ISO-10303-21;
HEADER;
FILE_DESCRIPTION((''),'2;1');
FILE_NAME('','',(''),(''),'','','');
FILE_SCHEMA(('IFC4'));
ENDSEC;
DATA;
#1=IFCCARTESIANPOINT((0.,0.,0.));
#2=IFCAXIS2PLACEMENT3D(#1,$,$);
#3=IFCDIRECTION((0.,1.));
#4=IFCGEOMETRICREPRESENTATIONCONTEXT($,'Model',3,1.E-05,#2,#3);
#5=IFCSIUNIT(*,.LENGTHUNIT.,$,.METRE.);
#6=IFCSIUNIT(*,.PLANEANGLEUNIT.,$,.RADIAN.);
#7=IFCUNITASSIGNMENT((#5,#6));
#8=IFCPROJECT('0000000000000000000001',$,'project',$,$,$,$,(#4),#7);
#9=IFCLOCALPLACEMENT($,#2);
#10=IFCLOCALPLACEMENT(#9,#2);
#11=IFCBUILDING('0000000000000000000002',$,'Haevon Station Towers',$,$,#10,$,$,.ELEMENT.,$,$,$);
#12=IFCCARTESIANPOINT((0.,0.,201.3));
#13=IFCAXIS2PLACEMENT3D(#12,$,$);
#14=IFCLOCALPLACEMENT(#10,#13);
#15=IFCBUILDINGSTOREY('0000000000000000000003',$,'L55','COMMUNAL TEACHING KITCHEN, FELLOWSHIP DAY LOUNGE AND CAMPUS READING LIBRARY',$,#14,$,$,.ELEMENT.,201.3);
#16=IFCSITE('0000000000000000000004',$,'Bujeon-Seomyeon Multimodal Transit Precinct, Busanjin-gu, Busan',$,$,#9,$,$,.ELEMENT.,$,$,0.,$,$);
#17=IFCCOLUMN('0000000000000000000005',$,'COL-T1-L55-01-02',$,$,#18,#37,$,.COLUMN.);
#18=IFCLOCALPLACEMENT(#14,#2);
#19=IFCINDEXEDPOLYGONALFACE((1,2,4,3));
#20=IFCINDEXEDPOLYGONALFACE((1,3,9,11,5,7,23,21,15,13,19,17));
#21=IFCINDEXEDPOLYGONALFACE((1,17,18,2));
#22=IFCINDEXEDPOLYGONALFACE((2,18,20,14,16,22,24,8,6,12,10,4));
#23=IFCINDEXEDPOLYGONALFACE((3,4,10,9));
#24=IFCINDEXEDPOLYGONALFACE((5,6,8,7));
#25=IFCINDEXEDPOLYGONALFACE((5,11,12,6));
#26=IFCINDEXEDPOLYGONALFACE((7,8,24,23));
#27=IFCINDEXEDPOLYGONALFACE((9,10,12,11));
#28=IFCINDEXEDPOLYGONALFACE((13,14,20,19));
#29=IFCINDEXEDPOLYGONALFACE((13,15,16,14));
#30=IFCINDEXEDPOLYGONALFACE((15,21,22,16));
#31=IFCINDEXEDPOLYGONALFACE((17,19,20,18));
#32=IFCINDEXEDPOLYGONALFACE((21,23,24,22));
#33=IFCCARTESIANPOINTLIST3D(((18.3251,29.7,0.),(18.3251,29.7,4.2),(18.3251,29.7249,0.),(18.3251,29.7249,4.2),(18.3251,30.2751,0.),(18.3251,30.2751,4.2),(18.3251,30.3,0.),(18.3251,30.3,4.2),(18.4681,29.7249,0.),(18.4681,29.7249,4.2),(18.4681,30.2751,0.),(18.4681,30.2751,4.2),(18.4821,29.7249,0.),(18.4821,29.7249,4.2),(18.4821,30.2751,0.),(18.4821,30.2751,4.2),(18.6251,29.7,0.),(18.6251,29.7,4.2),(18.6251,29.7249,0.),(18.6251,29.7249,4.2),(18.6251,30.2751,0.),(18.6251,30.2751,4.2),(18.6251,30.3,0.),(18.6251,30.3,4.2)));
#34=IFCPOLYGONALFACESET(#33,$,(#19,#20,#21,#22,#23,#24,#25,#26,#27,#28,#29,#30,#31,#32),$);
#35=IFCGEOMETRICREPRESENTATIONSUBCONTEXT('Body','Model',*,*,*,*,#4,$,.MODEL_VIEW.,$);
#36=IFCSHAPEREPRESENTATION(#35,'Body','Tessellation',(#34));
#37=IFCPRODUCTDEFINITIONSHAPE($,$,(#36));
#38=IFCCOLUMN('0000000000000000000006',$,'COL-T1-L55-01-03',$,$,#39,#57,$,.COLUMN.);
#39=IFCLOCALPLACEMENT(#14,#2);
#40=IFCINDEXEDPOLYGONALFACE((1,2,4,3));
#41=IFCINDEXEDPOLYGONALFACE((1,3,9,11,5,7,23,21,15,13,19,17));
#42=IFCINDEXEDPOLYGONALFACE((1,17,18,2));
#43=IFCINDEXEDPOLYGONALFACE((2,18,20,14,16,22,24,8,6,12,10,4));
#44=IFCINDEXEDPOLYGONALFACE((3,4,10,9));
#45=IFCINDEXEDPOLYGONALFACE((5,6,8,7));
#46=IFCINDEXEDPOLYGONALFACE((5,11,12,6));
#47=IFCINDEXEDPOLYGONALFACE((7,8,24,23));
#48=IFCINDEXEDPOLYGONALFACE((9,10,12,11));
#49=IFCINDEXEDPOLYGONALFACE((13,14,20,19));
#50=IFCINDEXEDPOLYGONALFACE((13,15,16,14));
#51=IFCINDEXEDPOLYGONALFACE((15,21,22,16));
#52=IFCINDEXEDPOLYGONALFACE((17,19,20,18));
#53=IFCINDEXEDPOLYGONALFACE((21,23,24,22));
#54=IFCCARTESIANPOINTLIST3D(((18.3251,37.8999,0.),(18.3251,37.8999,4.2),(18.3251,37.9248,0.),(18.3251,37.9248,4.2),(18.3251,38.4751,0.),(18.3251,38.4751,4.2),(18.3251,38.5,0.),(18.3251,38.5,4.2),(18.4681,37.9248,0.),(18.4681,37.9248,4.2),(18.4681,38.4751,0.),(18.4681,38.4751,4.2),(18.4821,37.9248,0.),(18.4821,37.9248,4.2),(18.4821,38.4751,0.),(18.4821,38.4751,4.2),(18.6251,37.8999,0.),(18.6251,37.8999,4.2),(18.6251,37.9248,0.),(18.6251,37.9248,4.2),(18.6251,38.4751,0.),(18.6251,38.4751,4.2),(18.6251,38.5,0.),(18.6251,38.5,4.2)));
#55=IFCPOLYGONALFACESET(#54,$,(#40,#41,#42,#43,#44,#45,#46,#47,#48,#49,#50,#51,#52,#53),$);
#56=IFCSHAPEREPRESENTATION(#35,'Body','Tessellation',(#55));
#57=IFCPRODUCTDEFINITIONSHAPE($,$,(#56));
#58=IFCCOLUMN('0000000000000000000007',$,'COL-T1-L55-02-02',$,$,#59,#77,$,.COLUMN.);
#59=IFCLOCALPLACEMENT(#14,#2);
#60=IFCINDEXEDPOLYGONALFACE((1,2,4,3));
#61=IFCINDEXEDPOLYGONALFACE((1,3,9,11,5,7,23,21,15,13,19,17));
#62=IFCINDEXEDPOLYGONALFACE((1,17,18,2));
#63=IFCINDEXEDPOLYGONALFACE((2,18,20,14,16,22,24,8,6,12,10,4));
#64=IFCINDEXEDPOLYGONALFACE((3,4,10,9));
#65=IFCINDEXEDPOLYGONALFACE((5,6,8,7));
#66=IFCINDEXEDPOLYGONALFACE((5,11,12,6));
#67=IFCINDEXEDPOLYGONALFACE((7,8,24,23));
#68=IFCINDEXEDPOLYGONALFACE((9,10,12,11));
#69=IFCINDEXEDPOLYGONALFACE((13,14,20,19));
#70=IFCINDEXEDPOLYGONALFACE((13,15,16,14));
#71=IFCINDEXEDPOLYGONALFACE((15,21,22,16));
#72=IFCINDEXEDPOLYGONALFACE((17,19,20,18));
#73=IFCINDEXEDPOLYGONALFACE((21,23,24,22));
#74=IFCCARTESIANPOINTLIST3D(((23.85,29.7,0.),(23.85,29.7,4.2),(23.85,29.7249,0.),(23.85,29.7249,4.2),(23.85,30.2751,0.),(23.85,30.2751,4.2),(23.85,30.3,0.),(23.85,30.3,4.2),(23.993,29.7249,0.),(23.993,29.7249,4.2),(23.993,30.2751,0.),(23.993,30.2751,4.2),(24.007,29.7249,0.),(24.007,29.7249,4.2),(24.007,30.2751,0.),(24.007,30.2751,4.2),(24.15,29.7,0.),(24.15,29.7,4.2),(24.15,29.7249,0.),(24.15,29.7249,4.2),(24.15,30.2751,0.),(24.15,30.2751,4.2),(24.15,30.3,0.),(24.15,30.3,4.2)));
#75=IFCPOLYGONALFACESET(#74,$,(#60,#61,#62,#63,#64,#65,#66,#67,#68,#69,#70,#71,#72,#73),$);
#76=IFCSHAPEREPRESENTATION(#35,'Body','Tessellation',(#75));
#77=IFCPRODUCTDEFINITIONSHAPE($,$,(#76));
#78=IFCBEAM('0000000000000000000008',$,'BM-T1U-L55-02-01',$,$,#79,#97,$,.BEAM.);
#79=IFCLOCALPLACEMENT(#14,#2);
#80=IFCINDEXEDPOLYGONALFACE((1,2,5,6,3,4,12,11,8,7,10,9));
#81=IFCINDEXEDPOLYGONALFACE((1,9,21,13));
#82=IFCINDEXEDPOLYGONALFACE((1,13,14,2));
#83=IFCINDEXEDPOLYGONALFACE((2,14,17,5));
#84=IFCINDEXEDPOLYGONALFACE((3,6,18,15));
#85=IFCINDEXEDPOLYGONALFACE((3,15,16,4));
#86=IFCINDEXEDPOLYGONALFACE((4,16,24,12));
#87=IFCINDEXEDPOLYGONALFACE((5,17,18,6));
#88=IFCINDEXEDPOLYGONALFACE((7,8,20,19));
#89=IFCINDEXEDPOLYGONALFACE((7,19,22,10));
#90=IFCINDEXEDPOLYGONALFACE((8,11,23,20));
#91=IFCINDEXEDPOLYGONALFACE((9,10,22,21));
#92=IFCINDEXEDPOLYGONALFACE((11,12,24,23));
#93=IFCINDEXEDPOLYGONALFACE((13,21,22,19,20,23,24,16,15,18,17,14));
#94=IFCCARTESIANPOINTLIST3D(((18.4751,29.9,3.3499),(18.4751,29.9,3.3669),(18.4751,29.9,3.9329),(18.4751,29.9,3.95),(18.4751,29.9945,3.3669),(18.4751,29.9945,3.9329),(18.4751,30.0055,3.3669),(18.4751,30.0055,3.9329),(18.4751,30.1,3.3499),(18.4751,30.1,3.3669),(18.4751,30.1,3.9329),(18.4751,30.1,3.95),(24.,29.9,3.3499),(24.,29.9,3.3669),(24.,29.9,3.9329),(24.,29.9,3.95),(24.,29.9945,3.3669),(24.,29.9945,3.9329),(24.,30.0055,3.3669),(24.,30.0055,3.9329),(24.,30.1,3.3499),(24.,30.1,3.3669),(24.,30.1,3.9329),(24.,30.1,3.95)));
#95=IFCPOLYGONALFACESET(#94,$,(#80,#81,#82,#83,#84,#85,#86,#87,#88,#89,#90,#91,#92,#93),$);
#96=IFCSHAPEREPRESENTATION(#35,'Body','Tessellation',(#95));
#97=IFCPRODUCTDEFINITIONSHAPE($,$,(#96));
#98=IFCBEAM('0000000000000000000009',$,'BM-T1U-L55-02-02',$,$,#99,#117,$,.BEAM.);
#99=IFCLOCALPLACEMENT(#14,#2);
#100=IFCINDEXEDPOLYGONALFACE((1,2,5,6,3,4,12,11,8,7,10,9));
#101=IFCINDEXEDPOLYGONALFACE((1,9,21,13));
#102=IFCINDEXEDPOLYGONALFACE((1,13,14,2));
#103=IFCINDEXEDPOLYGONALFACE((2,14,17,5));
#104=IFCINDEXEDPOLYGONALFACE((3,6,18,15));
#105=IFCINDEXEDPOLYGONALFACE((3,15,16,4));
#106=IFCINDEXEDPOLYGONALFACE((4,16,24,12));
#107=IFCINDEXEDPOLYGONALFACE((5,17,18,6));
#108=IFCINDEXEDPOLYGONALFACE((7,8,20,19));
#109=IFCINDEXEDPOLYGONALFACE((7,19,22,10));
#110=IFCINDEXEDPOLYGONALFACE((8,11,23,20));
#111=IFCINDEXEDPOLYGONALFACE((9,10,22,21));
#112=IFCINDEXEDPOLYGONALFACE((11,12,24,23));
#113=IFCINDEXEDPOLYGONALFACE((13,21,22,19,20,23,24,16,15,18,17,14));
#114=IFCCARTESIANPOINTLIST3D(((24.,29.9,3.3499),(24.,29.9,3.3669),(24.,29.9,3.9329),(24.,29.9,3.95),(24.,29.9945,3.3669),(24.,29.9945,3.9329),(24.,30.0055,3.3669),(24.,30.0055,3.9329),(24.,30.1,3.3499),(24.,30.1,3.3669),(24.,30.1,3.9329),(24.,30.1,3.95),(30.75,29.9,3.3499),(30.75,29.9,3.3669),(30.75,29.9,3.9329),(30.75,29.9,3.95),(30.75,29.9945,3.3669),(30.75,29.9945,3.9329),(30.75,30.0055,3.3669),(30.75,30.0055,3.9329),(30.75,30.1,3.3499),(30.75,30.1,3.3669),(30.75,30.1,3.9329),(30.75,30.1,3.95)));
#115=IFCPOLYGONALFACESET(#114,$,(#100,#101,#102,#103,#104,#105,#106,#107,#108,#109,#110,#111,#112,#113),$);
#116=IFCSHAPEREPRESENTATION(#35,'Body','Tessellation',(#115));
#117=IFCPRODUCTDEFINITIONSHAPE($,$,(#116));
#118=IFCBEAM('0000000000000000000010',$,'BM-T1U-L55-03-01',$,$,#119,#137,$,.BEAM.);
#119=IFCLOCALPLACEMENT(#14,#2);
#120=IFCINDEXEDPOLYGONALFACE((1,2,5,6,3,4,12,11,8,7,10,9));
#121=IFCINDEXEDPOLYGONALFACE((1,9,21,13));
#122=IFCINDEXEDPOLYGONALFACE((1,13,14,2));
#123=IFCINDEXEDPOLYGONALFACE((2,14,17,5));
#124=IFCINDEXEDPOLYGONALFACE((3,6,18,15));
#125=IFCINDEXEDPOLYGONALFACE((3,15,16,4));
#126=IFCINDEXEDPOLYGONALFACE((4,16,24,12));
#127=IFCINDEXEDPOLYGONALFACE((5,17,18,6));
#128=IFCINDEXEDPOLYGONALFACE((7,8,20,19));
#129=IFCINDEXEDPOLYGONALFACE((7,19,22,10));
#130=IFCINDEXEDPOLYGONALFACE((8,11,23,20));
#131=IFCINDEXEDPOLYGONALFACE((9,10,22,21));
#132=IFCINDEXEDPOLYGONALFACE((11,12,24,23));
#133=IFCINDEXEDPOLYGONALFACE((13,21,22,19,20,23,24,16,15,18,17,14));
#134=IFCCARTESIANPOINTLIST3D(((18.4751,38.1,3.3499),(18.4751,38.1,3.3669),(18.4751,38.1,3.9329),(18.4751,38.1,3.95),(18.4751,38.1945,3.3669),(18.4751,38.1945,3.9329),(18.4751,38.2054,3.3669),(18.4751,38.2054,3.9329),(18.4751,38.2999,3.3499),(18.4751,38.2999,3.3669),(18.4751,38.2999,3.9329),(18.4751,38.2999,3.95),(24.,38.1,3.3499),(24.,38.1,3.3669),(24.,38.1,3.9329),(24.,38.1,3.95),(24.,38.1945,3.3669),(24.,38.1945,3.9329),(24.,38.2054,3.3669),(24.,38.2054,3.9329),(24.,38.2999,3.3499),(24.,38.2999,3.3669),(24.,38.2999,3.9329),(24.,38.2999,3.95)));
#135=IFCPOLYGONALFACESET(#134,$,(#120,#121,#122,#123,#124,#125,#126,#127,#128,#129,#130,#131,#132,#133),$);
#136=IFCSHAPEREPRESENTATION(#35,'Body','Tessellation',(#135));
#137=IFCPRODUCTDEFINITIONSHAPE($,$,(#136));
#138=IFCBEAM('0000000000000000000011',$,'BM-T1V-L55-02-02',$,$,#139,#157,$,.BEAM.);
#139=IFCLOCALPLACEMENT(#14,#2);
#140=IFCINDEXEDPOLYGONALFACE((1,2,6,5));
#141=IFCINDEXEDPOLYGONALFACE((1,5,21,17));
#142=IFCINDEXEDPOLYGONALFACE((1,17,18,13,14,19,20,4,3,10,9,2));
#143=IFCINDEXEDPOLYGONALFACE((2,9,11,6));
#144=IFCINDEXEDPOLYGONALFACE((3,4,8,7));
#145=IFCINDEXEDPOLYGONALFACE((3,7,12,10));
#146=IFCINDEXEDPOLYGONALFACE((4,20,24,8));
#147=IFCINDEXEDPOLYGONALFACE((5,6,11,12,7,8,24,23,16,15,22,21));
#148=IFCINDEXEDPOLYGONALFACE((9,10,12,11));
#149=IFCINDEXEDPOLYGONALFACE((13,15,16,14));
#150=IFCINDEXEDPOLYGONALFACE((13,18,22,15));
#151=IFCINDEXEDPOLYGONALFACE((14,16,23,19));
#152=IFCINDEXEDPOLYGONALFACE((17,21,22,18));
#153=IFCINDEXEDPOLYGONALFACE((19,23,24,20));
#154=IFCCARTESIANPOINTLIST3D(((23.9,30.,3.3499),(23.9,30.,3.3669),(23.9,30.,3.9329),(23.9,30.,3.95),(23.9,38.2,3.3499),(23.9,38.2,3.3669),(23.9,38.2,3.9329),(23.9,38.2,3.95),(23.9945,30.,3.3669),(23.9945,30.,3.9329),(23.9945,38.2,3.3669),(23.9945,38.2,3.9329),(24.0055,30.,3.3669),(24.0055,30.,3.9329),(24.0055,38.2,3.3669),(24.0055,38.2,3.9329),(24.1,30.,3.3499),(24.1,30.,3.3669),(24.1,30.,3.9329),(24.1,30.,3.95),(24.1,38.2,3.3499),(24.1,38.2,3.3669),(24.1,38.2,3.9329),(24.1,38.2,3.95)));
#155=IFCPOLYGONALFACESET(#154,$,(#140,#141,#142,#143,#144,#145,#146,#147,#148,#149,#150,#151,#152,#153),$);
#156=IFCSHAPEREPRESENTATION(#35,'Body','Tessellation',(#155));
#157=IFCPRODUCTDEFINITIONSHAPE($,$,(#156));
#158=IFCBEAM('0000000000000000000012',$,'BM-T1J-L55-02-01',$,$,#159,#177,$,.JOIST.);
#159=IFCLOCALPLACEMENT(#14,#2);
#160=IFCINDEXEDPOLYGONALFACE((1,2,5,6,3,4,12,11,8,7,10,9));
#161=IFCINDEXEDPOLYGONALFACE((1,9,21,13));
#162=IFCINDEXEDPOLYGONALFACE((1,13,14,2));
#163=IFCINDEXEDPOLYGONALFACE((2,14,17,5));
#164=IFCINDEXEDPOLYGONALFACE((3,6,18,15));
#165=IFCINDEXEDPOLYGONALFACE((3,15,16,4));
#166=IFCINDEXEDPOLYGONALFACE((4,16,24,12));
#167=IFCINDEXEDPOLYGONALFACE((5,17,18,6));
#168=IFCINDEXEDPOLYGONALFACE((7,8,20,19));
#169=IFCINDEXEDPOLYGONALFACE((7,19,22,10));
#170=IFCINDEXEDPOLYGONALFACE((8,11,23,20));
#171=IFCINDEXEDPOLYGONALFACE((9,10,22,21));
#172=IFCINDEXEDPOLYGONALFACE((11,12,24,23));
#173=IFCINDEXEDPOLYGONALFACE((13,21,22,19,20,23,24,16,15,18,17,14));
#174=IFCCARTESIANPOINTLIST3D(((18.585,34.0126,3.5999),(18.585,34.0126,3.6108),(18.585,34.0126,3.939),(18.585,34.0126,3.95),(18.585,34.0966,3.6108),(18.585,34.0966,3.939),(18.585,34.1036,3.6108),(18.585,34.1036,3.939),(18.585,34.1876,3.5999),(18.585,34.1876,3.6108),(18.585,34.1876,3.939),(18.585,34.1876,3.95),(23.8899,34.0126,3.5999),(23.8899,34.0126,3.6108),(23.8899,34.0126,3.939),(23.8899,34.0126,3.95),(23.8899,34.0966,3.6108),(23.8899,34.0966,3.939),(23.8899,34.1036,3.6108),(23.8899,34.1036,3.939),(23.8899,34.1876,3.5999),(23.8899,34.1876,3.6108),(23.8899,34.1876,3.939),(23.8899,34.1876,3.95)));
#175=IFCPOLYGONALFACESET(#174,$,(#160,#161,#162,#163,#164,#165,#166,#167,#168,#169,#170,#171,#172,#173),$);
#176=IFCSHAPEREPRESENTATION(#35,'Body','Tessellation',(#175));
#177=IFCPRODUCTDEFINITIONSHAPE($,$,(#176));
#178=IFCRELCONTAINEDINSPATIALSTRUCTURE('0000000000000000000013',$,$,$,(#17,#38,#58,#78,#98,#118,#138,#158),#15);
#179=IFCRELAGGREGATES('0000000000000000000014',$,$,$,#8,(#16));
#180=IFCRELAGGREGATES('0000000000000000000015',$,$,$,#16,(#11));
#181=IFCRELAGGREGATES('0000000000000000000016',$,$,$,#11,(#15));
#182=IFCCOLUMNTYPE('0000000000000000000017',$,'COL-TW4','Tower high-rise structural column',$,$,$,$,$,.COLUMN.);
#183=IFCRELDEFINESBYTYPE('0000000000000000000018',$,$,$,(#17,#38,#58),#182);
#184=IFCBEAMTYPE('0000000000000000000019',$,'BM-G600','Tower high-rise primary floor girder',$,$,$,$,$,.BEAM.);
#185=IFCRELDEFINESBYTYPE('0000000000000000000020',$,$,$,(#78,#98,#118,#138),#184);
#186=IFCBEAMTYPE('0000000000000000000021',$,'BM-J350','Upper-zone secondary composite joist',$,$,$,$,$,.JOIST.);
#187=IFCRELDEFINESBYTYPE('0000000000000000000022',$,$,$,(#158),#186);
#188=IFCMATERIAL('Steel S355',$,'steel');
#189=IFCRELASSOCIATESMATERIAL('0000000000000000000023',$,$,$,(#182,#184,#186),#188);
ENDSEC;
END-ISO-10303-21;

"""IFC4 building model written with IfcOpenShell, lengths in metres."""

from ifc_helpers import new_model, si_unit, direction, frame, origin, origin_2d, place, context, subcontext, project, spatial, i_section, extrude, material, material_profile, profile_set, type_object, element, save


model = new_model("IFC4")

# Units and contexts
model_context = context("Model", 3, precision=1e-05, world=origin(), true_north=direction((0.0, 1.0)))
body_context = subcontext(model_context, "Body", "Model", "MODEL_VIEW")
ifc_project = project(units=[si_unit("LENGTHUNIT", "METRE"), si_unit("PLANEANGLEUNIT", "RADIAN")], contexts=[model_context])

# Site, building, storey
site_placement = place(None, origin())
site = spatial("IfcSite", under=ifc_project, at=site_placement, Name="Bujeon-Seomyeon Multimodal Transit Precinct, Busanjin-gu, Busan", CompositionType="ELEMENT", RefElevation=0.0)
building_placement = place(site_placement, origin())
building = spatial("IfcBuilding", under=site, at=building_placement, Name="Haevon Station Towers", CompositionType="ELEMENT")
storey_placement = place(building_placement, frame((0.0, 0.0, 201.3)))
storey = spatial("IfcBuildingStorey", under=building, at=storey_placement, Name="L55", Description="COMMUNAL TEACHING KITCHEN, FELLOWSHIP DAY LOUNGE AND CAMPUS READING LIBRARY", CompositionType="ELEMENT", Elevation=201.3)

# Columns
ifc_material_1 = material(Name="Steel S355", Category="steel")
ifc_material_profile_1 = material_profile(ifc_material_1, i_section(OverallWidth=0.3, OverallDepth=0.6001, WebThickness=0.0139, FlangeThickness=0.0249, at=origin_2d()), Name="H-600x300x14x25")
ifc_profile_set_1 = profile_set([ifc_material_profile_1], Name="Steel S355")
column_type = type_object("IfcColumnType", Name="COL-TW4", Description="Tower high-rise structural column", PredefinedType="COLUMN", material=ifc_profile_set_1)
for number, where, z_axis, x_axis, name in (
    (1, (18.4751, 30.0, 0.0), (0.0, 0.0, 1.0), (1.0, 0.0, 0.0), "COL-T1-L55-01-02"),
    (2, (18.4751, 38.2, 0.0), (0.0, 0.0, 1.0), (1.0, 0.0, 0.0), "COL-T1-L55-01-03"),
    (3, (24.0, 30.0, 0.0), (0.0, 0.0, 1.0), (1.0, 0.0, 0.0), "COL-T1-L55-02-02"),
):
    element("IfcColumn", number, at=place(storey_placement, frame(where, z_axis=z_axis, x_axis=x_axis)), inside=storey, type_object=column_type, Name=name, PredefinedType="COLUMN", context=body_context, shape_type="SweptSolid", body=[
        extrude(i_section(OverallWidth=0.3, OverallDepth=0.6001, WebThickness=0.0139, FlangeThickness=0.0249, at=origin_2d()), origin(), (0.0, 0.0, 1.0), 4.2),
    ])

# Beams
ifc_material_profile_2 = material_profile(ifc_material_1, i_section(OverallWidth=0.2, OverallDepth=0.6001, WebThickness=0.011, FlangeThickness=0.0171, at=origin_2d()), Name="H-600x200x11x17")
ifc_profile_set_2 = profile_set([ifc_material_profile_2], Name="Steel S355")
beam_type_1 = type_object("IfcBeamType", Name="BM-G600", Description="Tower high-rise primary floor girder", PredefinedType="BEAM", material=ifc_profile_set_2)
beam_1_placement = place(storey_placement, frame((18.4751, 30.0, 3.6499), z_axis=(1.0, 0.0, 0.0), x_axis=(0.0, 1.0, 0.0)))
element("IfcBeam", 4, at=beam_1_placement, inside=storey, type_object=beam_type_1, Name="BM-T1U-L55-02-01", PredefinedType="BEAM", context=body_context, shape_type="SweptSolid", body=[
    extrude(i_section(OverallWidth=0.2, OverallDepth=0.6001, WebThickness=0.011, FlangeThickness=0.0171, at=origin_2d()), origin(), (0.0, 0.0, 1.0), 5.5249),
])
beam_2_placement = place(storey_placement, frame((24.0, 30.0, 3.6499), z_axis=(1.0, 0.0, 0.0), x_axis=(0.0, 1.0, 0.0)))
element("IfcBeam", 5, at=beam_2_placement, inside=storey, type_object=beam_type_1, Name="BM-T1U-L55-02-02", PredefinedType="BEAM", context=body_context, shape_type="SweptSolid", body=[
    extrude(i_section(OverallWidth=0.2, OverallDepth=0.6001, WebThickness=0.011, FlangeThickness=0.0171, at=origin_2d()), origin(), (0.0, 0.0, 1.0), 6.75),
])
beam_3_placement = place(storey_placement, frame((18.4751, 38.2, 3.6499), z_axis=(1.0, 0.0, 0.0), x_axis=(0.0, 1.0, 0.0)))
element("IfcBeam", 6, at=beam_3_placement, inside=storey, type_object=beam_type_1, Name="BM-T1U-L55-03-01", PredefinedType="BEAM", context=body_context, shape_type="SweptSolid", body=[
    extrude(i_section(OverallWidth=0.2, OverallDepth=0.6001, WebThickness=0.011, FlangeThickness=0.0171, at=origin_2d()), origin(), (0.0, 0.0, 1.0), 5.5249),
])
beam_4_placement = place(storey_placement, frame((24.0, 30.0, 3.6499), z_axis=(0.0, 1.0, 0.0), x_axis=(-1.0, 0.0, 0.0)))
element("IfcBeam", 7, at=beam_4_placement, inside=storey, type_object=beam_type_1, Name="BM-T1V-L55-02-02", PredefinedType="BEAM", context=body_context, shape_type="SweptSolid", body=[
    extrude(i_section(OverallWidth=0.2, OverallDepth=0.6001, WebThickness=0.011, FlangeThickness=0.0171, at=origin_2d()), origin(), (0.0, 0.0, 1.0), 8.2),
])
ifc_material_profile_3 = material_profile(ifc_material_1, i_section(OverallWidth=0.175, OverallDepth=0.3501, WebThickness=0.0071, FlangeThickness=0.011, at=origin_2d()), Name="H-350x175x7x11")
ifc_profile_set_3 = profile_set([ifc_material_profile_3], Name="Steel S355")
beam_type_2 = type_object("IfcBeamType", Name="BM-J350", Description="Upper-zone secondary composite joist", PredefinedType="JOIST", material=ifc_profile_set_3)
beam_5_placement = place(storey_placement, frame((18.585, 34.1001, 3.7749), z_axis=(1.0, 0.0, 0.0), x_axis=(0.0, 1.0, 0.0)))
element("IfcBeam", 8, at=beam_5_placement, inside=storey, type_object=beam_type_2, Name="BM-T1J-L55-02-01", PredefinedType="JOIST", context=body_context, shape_type="SweptSolid", body=[
    extrude(i_section(OverallWidth=0.175, OverallDepth=0.3501, WebThickness=0.0071, FlangeThickness=0.011, at=origin_2d()), origin(), (0.0, 0.0, 1.0), 5.3049),
])

save(model, "model.ifc")
